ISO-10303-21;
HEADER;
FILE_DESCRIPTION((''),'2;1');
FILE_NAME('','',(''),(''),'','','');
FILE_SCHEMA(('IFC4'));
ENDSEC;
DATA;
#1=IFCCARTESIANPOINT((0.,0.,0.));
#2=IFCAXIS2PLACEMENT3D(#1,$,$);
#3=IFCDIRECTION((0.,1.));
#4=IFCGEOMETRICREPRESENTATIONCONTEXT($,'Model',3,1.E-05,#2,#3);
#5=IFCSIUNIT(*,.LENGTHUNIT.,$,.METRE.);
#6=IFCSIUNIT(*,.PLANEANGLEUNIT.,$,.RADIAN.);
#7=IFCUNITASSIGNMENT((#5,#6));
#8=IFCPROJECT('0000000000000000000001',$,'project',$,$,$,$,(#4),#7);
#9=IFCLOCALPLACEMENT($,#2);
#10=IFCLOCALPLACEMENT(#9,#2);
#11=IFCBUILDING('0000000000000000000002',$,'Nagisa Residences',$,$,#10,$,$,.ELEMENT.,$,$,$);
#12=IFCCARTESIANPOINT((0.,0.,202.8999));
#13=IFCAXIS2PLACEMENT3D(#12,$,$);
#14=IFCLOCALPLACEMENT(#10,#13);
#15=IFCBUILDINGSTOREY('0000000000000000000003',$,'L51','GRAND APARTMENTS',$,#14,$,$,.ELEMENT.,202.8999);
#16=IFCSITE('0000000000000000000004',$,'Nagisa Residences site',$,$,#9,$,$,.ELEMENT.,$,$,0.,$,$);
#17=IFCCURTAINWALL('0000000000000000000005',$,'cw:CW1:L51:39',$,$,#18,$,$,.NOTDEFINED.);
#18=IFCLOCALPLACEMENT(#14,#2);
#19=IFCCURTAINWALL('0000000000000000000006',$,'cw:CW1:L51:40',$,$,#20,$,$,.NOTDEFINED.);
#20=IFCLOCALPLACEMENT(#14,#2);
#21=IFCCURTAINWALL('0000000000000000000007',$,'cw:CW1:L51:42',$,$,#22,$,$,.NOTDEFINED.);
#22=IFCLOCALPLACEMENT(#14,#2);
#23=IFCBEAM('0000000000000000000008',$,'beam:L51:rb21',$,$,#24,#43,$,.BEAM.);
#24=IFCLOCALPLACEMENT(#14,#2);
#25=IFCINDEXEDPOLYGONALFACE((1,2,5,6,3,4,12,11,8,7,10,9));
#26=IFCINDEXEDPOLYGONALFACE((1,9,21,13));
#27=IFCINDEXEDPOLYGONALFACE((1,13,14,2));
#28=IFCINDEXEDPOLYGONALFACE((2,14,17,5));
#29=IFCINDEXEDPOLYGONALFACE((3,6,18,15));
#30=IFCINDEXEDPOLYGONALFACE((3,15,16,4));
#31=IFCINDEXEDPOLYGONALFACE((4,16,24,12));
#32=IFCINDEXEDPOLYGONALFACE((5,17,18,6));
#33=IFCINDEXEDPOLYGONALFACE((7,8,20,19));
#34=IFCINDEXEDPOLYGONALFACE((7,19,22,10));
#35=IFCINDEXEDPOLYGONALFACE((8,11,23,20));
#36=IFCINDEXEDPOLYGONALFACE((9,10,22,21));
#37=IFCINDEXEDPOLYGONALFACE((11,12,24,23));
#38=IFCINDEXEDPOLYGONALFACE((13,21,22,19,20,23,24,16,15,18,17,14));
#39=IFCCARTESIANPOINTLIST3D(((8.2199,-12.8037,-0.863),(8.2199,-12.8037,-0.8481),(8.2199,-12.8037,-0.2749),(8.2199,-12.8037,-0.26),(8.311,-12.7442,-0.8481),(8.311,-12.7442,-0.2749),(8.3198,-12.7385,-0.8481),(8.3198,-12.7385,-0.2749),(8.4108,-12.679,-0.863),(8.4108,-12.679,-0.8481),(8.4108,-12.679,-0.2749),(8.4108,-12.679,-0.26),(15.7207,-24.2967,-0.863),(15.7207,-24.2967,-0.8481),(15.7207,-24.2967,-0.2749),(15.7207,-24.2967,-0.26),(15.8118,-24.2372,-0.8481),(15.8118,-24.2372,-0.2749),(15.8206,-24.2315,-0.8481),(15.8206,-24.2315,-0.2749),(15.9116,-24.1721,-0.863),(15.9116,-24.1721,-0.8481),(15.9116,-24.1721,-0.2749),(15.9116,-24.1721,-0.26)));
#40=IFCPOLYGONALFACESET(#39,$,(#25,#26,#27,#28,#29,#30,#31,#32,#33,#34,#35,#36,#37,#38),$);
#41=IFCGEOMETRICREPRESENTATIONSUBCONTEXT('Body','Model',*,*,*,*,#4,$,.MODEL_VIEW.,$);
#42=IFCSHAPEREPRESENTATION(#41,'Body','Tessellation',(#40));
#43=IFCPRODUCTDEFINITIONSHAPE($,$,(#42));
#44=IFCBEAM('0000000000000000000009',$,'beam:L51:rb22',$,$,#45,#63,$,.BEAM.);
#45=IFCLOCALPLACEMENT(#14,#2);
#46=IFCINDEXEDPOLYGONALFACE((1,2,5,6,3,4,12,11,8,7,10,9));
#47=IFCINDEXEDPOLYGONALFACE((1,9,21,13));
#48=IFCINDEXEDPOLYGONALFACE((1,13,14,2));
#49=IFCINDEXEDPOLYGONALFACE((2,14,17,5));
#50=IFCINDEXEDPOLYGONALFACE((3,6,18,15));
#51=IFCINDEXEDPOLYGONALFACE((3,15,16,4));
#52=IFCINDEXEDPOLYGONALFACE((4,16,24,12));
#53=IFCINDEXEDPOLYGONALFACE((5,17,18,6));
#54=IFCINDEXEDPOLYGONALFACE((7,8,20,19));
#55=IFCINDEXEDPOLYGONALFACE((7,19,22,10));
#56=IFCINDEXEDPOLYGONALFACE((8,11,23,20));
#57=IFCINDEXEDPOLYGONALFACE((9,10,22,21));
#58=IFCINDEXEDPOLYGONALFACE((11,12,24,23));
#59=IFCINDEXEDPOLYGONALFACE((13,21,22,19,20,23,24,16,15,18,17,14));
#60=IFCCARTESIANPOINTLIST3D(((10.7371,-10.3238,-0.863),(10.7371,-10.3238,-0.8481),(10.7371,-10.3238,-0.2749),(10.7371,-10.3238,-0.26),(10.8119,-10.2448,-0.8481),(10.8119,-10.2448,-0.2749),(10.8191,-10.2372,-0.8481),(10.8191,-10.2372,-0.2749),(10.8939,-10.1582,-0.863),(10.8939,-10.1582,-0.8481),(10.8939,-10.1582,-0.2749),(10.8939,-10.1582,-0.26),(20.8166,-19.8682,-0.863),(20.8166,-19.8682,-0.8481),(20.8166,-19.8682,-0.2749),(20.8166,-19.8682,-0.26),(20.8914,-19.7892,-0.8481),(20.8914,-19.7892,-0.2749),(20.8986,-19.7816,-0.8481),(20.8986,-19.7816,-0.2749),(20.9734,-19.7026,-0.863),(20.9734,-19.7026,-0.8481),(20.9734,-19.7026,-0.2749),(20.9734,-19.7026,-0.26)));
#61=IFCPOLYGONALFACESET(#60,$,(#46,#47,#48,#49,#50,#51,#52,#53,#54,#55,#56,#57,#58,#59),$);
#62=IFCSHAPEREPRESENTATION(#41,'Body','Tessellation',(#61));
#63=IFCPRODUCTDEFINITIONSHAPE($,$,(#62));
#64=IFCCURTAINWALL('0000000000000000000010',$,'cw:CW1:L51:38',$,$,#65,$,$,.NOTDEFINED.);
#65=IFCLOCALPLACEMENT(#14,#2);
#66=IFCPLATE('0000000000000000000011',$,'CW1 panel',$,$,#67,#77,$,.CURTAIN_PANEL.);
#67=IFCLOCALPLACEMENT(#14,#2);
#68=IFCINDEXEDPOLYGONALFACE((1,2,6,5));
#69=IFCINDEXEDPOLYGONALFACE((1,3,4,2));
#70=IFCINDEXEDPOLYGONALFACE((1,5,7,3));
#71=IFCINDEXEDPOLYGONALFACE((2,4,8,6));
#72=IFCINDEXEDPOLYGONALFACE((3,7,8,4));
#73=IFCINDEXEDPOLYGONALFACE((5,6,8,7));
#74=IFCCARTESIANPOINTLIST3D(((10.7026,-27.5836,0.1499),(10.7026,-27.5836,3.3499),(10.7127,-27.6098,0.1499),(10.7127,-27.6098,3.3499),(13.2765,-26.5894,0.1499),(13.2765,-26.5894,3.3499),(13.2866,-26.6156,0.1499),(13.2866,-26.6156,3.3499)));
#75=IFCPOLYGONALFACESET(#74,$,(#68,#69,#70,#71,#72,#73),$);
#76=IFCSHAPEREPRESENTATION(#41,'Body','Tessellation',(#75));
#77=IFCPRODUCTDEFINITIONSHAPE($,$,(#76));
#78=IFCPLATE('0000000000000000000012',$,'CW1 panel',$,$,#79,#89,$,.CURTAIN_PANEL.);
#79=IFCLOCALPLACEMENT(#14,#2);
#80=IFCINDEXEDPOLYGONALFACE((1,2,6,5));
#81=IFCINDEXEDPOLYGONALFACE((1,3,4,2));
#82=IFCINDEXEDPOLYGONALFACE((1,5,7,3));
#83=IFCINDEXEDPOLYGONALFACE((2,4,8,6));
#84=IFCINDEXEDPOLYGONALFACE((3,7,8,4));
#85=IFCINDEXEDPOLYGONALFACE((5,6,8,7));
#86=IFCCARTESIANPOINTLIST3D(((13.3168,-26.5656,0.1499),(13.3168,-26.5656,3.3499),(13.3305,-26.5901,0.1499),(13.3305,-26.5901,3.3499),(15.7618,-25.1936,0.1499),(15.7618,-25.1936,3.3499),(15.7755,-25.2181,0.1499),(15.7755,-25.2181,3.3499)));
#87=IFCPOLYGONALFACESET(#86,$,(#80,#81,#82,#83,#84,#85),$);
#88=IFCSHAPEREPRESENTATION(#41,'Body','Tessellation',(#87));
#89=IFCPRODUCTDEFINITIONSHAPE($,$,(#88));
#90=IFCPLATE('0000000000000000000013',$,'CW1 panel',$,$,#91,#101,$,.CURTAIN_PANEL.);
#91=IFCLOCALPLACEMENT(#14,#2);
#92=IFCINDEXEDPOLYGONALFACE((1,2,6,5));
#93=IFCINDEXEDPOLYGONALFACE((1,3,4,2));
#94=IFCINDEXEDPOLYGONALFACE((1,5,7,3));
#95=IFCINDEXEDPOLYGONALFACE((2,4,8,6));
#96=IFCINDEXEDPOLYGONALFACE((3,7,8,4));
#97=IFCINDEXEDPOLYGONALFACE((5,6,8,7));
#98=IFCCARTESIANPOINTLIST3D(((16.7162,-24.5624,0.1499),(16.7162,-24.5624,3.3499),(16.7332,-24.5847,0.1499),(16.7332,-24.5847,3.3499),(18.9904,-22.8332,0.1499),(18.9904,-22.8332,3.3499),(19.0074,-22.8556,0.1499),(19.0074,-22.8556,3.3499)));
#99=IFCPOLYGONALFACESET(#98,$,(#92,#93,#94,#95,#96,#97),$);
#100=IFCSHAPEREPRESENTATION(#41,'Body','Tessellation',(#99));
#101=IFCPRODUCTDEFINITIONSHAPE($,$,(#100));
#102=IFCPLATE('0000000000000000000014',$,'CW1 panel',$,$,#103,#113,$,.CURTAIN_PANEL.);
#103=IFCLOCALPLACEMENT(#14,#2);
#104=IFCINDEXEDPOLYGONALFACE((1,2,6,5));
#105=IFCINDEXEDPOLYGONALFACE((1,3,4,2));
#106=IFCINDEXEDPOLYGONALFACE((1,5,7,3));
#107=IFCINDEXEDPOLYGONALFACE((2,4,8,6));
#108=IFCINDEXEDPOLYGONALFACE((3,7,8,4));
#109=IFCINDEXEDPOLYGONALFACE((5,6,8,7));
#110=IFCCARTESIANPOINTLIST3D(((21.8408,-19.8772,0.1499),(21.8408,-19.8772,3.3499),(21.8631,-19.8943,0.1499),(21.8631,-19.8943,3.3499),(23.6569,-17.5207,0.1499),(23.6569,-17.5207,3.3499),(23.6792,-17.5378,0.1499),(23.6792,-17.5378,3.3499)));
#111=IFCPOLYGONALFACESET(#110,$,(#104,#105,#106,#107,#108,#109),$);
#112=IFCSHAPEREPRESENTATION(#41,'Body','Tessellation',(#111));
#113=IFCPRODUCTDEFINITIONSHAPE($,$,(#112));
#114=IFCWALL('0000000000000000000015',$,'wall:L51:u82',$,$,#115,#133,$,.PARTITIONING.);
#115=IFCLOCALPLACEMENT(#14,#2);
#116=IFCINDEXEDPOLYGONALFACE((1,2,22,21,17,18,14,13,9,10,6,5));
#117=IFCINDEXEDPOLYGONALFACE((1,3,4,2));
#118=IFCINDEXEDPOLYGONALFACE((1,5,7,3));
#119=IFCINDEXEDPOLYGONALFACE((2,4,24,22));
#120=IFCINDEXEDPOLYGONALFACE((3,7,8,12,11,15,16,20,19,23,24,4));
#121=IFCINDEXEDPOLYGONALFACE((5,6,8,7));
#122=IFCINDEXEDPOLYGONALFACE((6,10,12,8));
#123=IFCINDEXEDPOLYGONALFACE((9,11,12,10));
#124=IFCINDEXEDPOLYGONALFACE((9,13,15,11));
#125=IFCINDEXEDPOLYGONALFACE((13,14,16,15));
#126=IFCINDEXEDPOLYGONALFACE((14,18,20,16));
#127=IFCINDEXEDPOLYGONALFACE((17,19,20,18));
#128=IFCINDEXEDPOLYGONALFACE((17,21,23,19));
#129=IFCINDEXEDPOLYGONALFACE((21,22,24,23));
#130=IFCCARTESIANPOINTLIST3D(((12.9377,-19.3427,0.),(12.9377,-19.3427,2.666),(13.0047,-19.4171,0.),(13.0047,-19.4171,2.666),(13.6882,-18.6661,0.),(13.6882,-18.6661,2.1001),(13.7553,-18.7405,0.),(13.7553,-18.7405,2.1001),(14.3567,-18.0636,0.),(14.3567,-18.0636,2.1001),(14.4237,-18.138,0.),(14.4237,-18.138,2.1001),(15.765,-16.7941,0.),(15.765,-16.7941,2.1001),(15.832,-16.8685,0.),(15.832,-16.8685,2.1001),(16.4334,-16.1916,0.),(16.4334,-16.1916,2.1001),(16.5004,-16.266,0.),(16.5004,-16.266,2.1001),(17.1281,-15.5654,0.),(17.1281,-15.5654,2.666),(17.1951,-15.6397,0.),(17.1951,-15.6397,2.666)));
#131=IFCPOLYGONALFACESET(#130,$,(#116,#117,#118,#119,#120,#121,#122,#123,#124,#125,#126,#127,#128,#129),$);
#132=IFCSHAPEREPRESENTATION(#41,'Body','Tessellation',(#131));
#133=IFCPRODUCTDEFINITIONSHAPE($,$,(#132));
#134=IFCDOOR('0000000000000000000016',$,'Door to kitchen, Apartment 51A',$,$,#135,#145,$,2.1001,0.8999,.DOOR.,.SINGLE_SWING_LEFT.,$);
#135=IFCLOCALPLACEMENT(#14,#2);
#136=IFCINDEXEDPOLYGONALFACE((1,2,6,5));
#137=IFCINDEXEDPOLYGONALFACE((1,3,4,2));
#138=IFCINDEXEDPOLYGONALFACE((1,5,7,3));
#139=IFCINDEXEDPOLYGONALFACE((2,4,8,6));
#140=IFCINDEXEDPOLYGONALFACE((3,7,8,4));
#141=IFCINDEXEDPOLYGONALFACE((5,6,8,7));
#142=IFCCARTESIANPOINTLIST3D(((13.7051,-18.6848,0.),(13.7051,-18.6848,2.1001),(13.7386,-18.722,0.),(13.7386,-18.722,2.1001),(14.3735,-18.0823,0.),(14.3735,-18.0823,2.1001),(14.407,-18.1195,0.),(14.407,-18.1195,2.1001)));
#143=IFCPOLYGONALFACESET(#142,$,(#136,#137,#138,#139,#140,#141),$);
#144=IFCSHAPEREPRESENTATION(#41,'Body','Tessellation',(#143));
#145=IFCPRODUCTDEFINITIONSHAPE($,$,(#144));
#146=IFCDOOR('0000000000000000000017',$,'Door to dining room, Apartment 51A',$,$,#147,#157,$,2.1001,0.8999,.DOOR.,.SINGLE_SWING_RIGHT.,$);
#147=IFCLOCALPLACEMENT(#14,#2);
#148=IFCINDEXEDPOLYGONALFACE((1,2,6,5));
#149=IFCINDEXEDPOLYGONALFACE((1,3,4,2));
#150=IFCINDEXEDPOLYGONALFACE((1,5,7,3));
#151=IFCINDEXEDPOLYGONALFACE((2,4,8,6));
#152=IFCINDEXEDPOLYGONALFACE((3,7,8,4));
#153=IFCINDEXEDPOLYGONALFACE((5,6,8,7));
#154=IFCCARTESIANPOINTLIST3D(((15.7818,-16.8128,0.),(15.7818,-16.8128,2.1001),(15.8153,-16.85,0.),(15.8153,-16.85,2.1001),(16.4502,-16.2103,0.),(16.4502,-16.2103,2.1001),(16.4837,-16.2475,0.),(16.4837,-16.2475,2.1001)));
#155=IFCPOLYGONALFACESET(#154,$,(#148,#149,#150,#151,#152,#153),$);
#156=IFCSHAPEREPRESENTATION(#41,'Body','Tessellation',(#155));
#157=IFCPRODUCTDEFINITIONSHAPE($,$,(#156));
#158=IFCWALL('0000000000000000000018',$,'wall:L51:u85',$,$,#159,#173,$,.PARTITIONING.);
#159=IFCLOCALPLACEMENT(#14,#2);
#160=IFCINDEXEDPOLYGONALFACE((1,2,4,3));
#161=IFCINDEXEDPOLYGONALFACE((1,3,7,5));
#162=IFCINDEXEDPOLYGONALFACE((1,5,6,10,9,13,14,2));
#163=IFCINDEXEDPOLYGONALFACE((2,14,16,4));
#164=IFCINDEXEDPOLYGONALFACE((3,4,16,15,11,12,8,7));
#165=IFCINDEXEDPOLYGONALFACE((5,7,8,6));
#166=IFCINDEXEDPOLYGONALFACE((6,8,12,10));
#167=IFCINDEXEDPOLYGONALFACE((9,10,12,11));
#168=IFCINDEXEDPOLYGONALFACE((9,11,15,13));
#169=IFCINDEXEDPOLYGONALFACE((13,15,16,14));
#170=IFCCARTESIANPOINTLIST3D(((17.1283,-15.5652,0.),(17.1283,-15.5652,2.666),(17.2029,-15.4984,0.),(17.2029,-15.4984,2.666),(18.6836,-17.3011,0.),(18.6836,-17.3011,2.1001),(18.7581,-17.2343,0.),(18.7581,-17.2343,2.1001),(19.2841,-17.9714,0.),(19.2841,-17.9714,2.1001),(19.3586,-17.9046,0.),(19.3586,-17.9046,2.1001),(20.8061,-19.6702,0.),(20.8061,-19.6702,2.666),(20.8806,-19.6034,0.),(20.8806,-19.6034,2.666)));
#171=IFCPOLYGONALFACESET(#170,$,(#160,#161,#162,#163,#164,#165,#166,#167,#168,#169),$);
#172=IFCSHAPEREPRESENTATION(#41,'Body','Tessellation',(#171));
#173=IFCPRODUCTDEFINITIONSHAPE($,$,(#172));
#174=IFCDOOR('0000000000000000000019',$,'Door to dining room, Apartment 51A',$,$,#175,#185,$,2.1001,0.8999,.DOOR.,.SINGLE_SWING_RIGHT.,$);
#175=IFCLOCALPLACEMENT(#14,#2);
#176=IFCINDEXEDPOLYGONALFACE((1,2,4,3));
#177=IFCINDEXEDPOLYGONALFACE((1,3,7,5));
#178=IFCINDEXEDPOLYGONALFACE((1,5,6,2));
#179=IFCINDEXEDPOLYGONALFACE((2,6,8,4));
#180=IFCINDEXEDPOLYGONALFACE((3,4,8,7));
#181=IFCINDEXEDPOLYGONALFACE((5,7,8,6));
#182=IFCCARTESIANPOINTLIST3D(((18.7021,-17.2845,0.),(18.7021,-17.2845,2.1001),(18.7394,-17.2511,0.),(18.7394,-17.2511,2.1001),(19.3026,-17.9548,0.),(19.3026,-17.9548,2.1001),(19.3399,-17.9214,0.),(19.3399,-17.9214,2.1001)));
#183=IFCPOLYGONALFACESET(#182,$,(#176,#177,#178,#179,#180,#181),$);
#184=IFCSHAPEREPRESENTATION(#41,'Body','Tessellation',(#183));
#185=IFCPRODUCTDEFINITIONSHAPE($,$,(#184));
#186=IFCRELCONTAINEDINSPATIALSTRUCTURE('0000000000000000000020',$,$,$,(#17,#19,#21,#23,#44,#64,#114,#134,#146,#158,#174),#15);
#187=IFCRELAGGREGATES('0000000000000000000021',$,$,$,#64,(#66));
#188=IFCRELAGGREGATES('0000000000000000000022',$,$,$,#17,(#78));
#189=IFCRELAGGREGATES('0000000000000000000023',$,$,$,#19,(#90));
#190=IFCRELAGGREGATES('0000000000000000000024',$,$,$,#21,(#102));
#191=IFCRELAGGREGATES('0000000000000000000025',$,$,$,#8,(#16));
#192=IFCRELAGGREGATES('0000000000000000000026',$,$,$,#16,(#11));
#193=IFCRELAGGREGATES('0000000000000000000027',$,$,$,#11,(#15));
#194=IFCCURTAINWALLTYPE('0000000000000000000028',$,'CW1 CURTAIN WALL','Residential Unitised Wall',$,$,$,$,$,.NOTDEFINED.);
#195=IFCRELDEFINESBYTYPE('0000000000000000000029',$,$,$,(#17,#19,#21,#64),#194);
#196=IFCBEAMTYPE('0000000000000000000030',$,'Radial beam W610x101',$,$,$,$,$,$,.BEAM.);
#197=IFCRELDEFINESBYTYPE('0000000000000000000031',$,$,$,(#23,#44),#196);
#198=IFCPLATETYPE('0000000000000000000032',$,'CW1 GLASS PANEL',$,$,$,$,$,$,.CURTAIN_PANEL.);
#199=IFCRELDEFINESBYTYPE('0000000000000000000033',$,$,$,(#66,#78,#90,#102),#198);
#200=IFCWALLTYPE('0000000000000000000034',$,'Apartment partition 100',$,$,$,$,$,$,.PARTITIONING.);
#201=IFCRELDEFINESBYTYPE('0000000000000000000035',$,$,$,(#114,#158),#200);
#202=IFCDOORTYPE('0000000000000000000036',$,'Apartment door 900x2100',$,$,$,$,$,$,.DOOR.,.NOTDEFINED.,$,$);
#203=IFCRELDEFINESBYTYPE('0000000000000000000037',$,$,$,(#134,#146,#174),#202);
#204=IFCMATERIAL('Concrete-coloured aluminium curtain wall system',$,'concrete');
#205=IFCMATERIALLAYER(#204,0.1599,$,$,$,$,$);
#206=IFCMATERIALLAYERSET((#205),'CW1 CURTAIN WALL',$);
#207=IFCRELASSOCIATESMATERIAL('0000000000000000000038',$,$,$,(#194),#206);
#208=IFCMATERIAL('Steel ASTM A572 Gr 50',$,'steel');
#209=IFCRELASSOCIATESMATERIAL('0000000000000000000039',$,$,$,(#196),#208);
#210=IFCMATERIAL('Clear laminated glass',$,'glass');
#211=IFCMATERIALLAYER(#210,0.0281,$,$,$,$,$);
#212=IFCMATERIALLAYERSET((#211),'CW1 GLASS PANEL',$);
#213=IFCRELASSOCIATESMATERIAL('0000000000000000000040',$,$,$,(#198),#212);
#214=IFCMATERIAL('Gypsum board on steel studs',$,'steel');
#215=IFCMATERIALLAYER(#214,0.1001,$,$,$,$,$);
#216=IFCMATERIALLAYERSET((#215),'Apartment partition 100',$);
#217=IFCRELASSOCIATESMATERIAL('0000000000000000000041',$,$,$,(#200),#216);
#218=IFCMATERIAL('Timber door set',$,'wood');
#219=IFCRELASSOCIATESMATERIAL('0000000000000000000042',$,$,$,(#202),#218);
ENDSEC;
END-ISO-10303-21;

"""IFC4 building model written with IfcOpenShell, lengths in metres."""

from ifc_helpers import new_model, si_unit, direction, frame, frame_2d, origin, origin_2d, place, context, subcontext, project, spatial, rectangle, i_section, extrude, material, layer, layer_set, material_profile, profile_set, type_object, element, fill, aggregate, save


model = new_model("IFC4")

# Units and contexts
model_context = context("Model", 3, precision=1e-05, world=origin(), true_north=direction((0.0, 1.0)))
body_context = subcontext(model_context, "Body", "Model", "MODEL_VIEW")
ifc_project = project(units=[si_unit("LENGTHUNIT", "METRE"), si_unit("PLANEANGLEUNIT", "RADIAN")], contexts=[model_context])

# Site, building, storey
site_placement = place(None, origin())
site = spatial("IfcSite", under=ifc_project, at=site_placement, Name="Nagisa Residences site", CompositionType="ELEMENT", RefElevation=0.0)
building_placement = place(site_placement, origin())
building = spatial("IfcBuilding", under=site, at=building_placement, Name="Nagisa Residences", CompositionType="ELEMENT")
storey_placement = place(building_placement, frame((0.0, 0.0, 202.8999)))
storey = spatial("IfcBuildingStorey", under=building, at=storey_placement, Name="L51", Description="GRAND APARTMENTS", CompositionType="ELEMENT", Elevation=202.8999)

# Curtain walls
ifc_material_1 = material(Name="Concrete-coloured aluminium curtain wall system", Category="concrete")
ifc_layer_1 = layer(ifc_material_1, 0.1599)
ifc_layer_set_1 = layer_set([ifc_layer_1], Name="CW1 CURTAIN WALL")
curtain_wall_type = type_object("IfcCurtainWallType", Name="CW1 CURTAIN WALL", Description="Residential Unitised Wall", PredefinedType="NOTDEFINED", material=ifc_layer_set_1)
curtain_wall_1_placement = place(storey_placement, origin())
curtain_wall_1 = element("IfcCurtainWall", 1, at=curtain_wall_1_placement, inside=storey, type_object=curtain_wall_type, Name="cw:CW1:L51:39", PredefinedType="NOTDEFINED")
curtain_wall_2_placement = place(storey_placement, origin())
curtain_wall_2 = element("IfcCurtainWall", 2, at=curtain_wall_2_placement, inside=storey, type_object=curtain_wall_type, Name="cw:CW1:L51:40", PredefinedType="NOTDEFINED")
curtain_wall_3_placement = place(storey_placement, origin())
curtain_wall_3 = element("IfcCurtainWall", 3, at=curtain_wall_3_placement, inside=storey, type_object=curtain_wall_type, Name="cw:CW1:L51:42", PredefinedType="NOTDEFINED")

# Beams
ifc_material_2 = material(Name="Steel ASTM A572 Gr 50", Category="steel")
ifc_material_profile_1 = material_profile(ifc_material_2, i_section(OverallWidth=0.228, OverallDepth=0.603, WebThickness=0.0105, FlangeThickness=0.0149, at=origin_2d()), Name="W610x101")
ifc_profile_set_1 = profile_set([ifc_material_profile_1], Name="Steel ASTM A572 Gr 50")
beam_type_1 = type_object("IfcBeamType", Name="Radial beam W610x101", PredefinedType="BEAM", material=ifc_profile_set_1)
beam_1_placement = place(storey_placement, frame((15.8162, -24.2344, -0.5615), z_axis=(-0.546541, 0.837432, 0.0), x_axis=(-0.837432, -0.546541, 0.0)))
element("IfcBeam", 4, at=beam_1_placement, inside=storey, type_object=beam_type_1, Name="beam:L51:rb21", PredefinedType="BEAM", context=body_context, shape_type="SweptSolid", body=[
    extrude(i_section(OverallWidth=0.228, OverallDepth=0.603, WebThickness=0.0105, FlangeThickness=0.0149, at=origin_2d()), origin(), (0.0, 0.0, 1.0), 13.7241),
])
beam_2_placement = place(storey_placement, frame((20.895, -19.7854, -0.5615), z_axis=(-0.72612, 0.687568, 0.0), x_axis=(-0.687568, -0.72612, 0.0)))
element("IfcBeam", 5, at=beam_2_placement, inside=storey, type_object=beam_type_1, Name="beam:L51:rb22", PredefinedType="BEAM", context=body_context, shape_type="SweptSolid", body=[
    extrude(i_section(OverallWidth=0.228, OverallDepth=0.603, WebThickness=0.0105, FlangeThickness=0.0149, at=origin_2d()), origin(), (0.0, 0.0, 1.0), 13.8813),
])

# Curtain wall, plate
curtain_wall_4_placement = place(storey_placement, origin())
curtain_wall_4 = element("IfcCurtainWall", 6, at=curtain_wall_4_placement, inside=storey, type_object=curtain_wall_type, Name="cw:CW1:L51:38", PredefinedType="NOTDEFINED")
ifc_material_3 = material(Name="Clear laminated glass", Category="glass")
ifc_layer_2 = layer(ifc_material_3, 0.0281)
ifc_layer_set_2 = layer_set([ifc_layer_2], Name="CW1 GLASS PANEL")
plate_type = type_object("IfcPlateType", Name="CW1 GLASS PANEL", PredefinedType="CURTAIN_PANEL", material=ifc_layer_set_2)
plate_1_placement = place(storey_placement, frame((11.9946, -27.0996, 0.1499), z_axis=(0.0, 0.0, 1.0), x_axis=(0.932826, 0.360328, 0.0)))
plate_1 = element("IfcPlate", 7, at=plate_1_placement, type_object=plate_type, Name="CW1 panel", PredefinedType="CURTAIN_PANEL", context=body_context, shape_type="SweptSolid", body=[
    extrude(rectangle(XDim=2.7593, YDim=0.0281, at=origin_2d()), origin(), (0.0, 0.0, 1.0), 3.2),
])
aggregate(curtain_wall_4, [plate_1])

# Plates
plate_2_placement = place(storey_placement, frame((14.5461, -25.8918, 0.1499), z_axis=(0.0, 0.0, 1.0), x_axis=(0.872072, 0.489377, 0.0)))
plate_2 = element("IfcPlate", 8, at=plate_2_placement, type_object=plate_type, Name="CW1 panel", PredefinedType="CURTAIN_PANEL", context=body_context, shape_type="SweptSolid", body=[
    extrude(rectangle(XDim=2.8037, YDim=0.0281, at=origin_2d()), origin(), (0.0, 0.0, 1.0), 3.2),
])
aggregate(curtain_wall_1, [plate_2])
plate_3_placement = place(storey_placement, frame((17.8618, -23.709, 0.1499), z_axis=(0.0, 0.0, 1.0), x_axis=(0.796031, 0.605255, 0.0)))
plate_3 = element("IfcPlate", 9, at=plate_3_placement, type_object=plate_type, Name="CW1 panel", PredefinedType="CURTAIN_PANEL", context=body_context, shape_type="SweptSolid", body=[
    extrude(rectangle(XDim=2.8569, YDim=0.0281, at=origin_2d()), origin(), (0.0, 0.0, 1.0), 3.2),
])
aggregate(curtain_wall_2, [plate_3])
plate_4_placement = place(storey_placement, frame((22.76, -18.7075, 0.1499), z_axis=(0.0, 0.0, 1.0), x_axis=(0.61043, 0.79207, 0.0)))
plate_4 = element("IfcPlate", 10, at=plate_4_placement, type_object=plate_type, Name="CW1 panel", PredefinedType="CURTAIN_PANEL", context=body_context, shape_type="SweptSolid", body=[
    extrude(rectangle(XDim=2.9751, YDim=0.0281, at=origin_2d()), origin(), (0.0, 0.0, 1.0), 3.2),
])
aggregate(curtain_wall_3, [plate_4])

# Wall, openings, doors
ifc_material_4 = material(Name="Gypsum board on steel studs", Category="steel")
ifc_layer_3 = layer(ifc_material_4, 0.1001)
ifc_layer_set_3 = layer_set([ifc_layer_3], Name="Apartment partition 100")
wall_type_1 = type_object("IfcWallType", Name="Apartment partition 100", PredefinedType="PARTITIONING", material=ifc_layer_set_3)
wall_1_placement = place(storey_placement, frame((12.9712, -19.3799, 0.0), z_axis=(0.0, 0.0, 1.0), x_axis=(0.742769, 0.669548, 0.0)))
wall_1 = element("IfcWall", 11, at=wall_1_placement, inside=storey, type_object=wall_type_1, Name="wall:L51:u82", PredefinedType="PARTITIONING", context=body_context, shape_type="SweptSolid", body=[
    extrude(rectangle(XDim=5.6416, YDim=0.1001, at=frame_2d((2.8208, 0.0))), origin(), (0.0, 0.0, 1.0), 2.666),
])
opening_1_placement = place(wall_1_placement, frame((1.0105, 0.0, 0.0)))
opening_1 = element("IfcOpeningElement", 12, at=opening_1_placement, cuts=wall_1, PredefinedType="OPENING", context=body_context, shape_type="SweptSolid", body=[
    extrude(rectangle(XDim=0.8999, YDim=2.1001, at=frame_2d((0.45, 1.05))), frame((0.0, 0.0601, 0.0), z_axis=(0.0, -1.0, 0.0), x_axis=(1.0, 0.0, 0.0)), (0.0, 0.0, 1.0), 0.1201),
])
opening_2_placement = place(wall_1_placement, frame((3.8064, 0.0, 0.0)))
opening_2 = element("IfcOpeningElement", 13, at=opening_2_placement, cuts=wall_1, PredefinedType="OPENING", context=body_context, shape_type="SweptSolid", body=[
    extrude(rectangle(XDim=0.8999, YDim=2.1001, at=frame_2d((0.45, 1.05))), frame((0.0, 0.0601, 0.0), z_axis=(0.0, -1.0, 0.0), x_axis=(1.0, 0.0, 0.0)), (0.0, 0.0, 1.0), 0.1201),
])
ifc_material_5 = material(Name="Timber door set", Category="wood")
door_type_1 = type_object("IfcDoorType", Name="Apartment door 900x2100", OperationType="NOTDEFINED", PredefinedType="DOOR", material=ifc_material_5)
door_1_placement = place(opening_1_placement, origin())
door_1 = element("IfcDoor", 14, at=door_1_placement, inside=storey, type_object=door_type_1, Name="Door to kitchen, Apartment 51A", OperationType="SINGLE_SWING_LEFT", OverallHeight=2.1001, OverallWidth=0.8999, PredefinedType="DOOR", context=body_context, shape_type="SweptSolid", body=[
    extrude(rectangle(XDim=0.8999, YDim=2.1001, at=frame_2d((0.45, 1.05))), frame((0.0, 0.0249, 0.0), z_axis=(0.0, -1.0, 0.0), x_axis=(1.0, 0.0, 0.0)), (0.0, 0.0, 1.0), 0.05),
])
fill(opening_1, door_1)
door_2_placement = place(opening_2_placement, origin())
door_2 = element("IfcDoor", 15, at=door_2_placement, inside=storey, type_object=door_type_1, Name="Door to dining room, Apartment 51A", OperationType="SINGLE_SWING_RIGHT", OverallHeight=2.1001, OverallWidth=0.8999, PredefinedType="DOOR", context=body_context, shape_type="SweptSolid", body=[
    extrude(rectangle(XDim=0.8999, YDim=2.1001, at=frame_2d((0.45, 1.05))), frame((0.0, 0.0249, 0.0), z_axis=(0.0, -1.0, 0.0), x_axis=(1.0, 0.0, 0.0)), (0.0, 0.0, 1.0), 0.05),
])
fill(opening_2, door_2)

# Wall, opening, door
wall_2_placement = place(storey_placement, frame((17.1655, -15.5317, 0.0), z_axis=(0.0, 0.0, 1.0), x_axis=(0.667284, -0.744803, 0.0)))
wall_2 = element("IfcWall", 16, at=wall_2_placement, inside=storey, type_object=wall_type_1, Name="wall:L51:u85", PredefinedType="PARTITIONING", context=body_context, shape_type="SweptSolid", body=[
    extrude(rectangle(XDim=5.5115, YDim=0.1001, at=frame_2d((2.7559, 0.0))), origin(), (0.0, 0.0, 1.0), 2.666),
])
opening_3_placement = place(wall_2_placement, frame((2.3308, 0.0, 0.0)))
opening_3 = element("IfcOpeningElement", 17, at=opening_3_placement, cuts=wall_2, PredefinedType="OPENING", context=body_context, shape_type="SweptSolid", body=[
    extrude(rectangle(XDim=0.8999, YDim=2.1001, at=frame_2d((0.45, 1.05))), frame((0.0, 0.0601, 0.0), z_axis=(0.0, -1.0, 0.0), x_axis=(1.0, 0.0, 0.0)), (0.0, 0.0, 1.0), 0.1201),
])
door_3_placement = place(opening_3_placement, origin())
door_3 = element("IfcDoor", 18, at=door_3_placement, inside=storey, type_object=door_type_1, Name="Door to dining room, Apartment 51A", OperationType="SINGLE_SWING_RIGHT", OverallHeight=2.1001, OverallWidth=0.8999, PredefinedType="DOOR", context=body_context, shape_type="SweptSolid", body=[
    extrude(rectangle(XDim=0.8999, YDim=2.1001, at=frame_2d((0.45, 1.05))), frame((0.0, 0.0249, 0.0), z_axis=(0.0, -1.0, 0.0), x_axis=(1.0, 0.0, 0.0)), (0.0, 0.0, 1.0), 0.05),
])
fill(opening_3, door_3)

save(model, "model.ifc")
